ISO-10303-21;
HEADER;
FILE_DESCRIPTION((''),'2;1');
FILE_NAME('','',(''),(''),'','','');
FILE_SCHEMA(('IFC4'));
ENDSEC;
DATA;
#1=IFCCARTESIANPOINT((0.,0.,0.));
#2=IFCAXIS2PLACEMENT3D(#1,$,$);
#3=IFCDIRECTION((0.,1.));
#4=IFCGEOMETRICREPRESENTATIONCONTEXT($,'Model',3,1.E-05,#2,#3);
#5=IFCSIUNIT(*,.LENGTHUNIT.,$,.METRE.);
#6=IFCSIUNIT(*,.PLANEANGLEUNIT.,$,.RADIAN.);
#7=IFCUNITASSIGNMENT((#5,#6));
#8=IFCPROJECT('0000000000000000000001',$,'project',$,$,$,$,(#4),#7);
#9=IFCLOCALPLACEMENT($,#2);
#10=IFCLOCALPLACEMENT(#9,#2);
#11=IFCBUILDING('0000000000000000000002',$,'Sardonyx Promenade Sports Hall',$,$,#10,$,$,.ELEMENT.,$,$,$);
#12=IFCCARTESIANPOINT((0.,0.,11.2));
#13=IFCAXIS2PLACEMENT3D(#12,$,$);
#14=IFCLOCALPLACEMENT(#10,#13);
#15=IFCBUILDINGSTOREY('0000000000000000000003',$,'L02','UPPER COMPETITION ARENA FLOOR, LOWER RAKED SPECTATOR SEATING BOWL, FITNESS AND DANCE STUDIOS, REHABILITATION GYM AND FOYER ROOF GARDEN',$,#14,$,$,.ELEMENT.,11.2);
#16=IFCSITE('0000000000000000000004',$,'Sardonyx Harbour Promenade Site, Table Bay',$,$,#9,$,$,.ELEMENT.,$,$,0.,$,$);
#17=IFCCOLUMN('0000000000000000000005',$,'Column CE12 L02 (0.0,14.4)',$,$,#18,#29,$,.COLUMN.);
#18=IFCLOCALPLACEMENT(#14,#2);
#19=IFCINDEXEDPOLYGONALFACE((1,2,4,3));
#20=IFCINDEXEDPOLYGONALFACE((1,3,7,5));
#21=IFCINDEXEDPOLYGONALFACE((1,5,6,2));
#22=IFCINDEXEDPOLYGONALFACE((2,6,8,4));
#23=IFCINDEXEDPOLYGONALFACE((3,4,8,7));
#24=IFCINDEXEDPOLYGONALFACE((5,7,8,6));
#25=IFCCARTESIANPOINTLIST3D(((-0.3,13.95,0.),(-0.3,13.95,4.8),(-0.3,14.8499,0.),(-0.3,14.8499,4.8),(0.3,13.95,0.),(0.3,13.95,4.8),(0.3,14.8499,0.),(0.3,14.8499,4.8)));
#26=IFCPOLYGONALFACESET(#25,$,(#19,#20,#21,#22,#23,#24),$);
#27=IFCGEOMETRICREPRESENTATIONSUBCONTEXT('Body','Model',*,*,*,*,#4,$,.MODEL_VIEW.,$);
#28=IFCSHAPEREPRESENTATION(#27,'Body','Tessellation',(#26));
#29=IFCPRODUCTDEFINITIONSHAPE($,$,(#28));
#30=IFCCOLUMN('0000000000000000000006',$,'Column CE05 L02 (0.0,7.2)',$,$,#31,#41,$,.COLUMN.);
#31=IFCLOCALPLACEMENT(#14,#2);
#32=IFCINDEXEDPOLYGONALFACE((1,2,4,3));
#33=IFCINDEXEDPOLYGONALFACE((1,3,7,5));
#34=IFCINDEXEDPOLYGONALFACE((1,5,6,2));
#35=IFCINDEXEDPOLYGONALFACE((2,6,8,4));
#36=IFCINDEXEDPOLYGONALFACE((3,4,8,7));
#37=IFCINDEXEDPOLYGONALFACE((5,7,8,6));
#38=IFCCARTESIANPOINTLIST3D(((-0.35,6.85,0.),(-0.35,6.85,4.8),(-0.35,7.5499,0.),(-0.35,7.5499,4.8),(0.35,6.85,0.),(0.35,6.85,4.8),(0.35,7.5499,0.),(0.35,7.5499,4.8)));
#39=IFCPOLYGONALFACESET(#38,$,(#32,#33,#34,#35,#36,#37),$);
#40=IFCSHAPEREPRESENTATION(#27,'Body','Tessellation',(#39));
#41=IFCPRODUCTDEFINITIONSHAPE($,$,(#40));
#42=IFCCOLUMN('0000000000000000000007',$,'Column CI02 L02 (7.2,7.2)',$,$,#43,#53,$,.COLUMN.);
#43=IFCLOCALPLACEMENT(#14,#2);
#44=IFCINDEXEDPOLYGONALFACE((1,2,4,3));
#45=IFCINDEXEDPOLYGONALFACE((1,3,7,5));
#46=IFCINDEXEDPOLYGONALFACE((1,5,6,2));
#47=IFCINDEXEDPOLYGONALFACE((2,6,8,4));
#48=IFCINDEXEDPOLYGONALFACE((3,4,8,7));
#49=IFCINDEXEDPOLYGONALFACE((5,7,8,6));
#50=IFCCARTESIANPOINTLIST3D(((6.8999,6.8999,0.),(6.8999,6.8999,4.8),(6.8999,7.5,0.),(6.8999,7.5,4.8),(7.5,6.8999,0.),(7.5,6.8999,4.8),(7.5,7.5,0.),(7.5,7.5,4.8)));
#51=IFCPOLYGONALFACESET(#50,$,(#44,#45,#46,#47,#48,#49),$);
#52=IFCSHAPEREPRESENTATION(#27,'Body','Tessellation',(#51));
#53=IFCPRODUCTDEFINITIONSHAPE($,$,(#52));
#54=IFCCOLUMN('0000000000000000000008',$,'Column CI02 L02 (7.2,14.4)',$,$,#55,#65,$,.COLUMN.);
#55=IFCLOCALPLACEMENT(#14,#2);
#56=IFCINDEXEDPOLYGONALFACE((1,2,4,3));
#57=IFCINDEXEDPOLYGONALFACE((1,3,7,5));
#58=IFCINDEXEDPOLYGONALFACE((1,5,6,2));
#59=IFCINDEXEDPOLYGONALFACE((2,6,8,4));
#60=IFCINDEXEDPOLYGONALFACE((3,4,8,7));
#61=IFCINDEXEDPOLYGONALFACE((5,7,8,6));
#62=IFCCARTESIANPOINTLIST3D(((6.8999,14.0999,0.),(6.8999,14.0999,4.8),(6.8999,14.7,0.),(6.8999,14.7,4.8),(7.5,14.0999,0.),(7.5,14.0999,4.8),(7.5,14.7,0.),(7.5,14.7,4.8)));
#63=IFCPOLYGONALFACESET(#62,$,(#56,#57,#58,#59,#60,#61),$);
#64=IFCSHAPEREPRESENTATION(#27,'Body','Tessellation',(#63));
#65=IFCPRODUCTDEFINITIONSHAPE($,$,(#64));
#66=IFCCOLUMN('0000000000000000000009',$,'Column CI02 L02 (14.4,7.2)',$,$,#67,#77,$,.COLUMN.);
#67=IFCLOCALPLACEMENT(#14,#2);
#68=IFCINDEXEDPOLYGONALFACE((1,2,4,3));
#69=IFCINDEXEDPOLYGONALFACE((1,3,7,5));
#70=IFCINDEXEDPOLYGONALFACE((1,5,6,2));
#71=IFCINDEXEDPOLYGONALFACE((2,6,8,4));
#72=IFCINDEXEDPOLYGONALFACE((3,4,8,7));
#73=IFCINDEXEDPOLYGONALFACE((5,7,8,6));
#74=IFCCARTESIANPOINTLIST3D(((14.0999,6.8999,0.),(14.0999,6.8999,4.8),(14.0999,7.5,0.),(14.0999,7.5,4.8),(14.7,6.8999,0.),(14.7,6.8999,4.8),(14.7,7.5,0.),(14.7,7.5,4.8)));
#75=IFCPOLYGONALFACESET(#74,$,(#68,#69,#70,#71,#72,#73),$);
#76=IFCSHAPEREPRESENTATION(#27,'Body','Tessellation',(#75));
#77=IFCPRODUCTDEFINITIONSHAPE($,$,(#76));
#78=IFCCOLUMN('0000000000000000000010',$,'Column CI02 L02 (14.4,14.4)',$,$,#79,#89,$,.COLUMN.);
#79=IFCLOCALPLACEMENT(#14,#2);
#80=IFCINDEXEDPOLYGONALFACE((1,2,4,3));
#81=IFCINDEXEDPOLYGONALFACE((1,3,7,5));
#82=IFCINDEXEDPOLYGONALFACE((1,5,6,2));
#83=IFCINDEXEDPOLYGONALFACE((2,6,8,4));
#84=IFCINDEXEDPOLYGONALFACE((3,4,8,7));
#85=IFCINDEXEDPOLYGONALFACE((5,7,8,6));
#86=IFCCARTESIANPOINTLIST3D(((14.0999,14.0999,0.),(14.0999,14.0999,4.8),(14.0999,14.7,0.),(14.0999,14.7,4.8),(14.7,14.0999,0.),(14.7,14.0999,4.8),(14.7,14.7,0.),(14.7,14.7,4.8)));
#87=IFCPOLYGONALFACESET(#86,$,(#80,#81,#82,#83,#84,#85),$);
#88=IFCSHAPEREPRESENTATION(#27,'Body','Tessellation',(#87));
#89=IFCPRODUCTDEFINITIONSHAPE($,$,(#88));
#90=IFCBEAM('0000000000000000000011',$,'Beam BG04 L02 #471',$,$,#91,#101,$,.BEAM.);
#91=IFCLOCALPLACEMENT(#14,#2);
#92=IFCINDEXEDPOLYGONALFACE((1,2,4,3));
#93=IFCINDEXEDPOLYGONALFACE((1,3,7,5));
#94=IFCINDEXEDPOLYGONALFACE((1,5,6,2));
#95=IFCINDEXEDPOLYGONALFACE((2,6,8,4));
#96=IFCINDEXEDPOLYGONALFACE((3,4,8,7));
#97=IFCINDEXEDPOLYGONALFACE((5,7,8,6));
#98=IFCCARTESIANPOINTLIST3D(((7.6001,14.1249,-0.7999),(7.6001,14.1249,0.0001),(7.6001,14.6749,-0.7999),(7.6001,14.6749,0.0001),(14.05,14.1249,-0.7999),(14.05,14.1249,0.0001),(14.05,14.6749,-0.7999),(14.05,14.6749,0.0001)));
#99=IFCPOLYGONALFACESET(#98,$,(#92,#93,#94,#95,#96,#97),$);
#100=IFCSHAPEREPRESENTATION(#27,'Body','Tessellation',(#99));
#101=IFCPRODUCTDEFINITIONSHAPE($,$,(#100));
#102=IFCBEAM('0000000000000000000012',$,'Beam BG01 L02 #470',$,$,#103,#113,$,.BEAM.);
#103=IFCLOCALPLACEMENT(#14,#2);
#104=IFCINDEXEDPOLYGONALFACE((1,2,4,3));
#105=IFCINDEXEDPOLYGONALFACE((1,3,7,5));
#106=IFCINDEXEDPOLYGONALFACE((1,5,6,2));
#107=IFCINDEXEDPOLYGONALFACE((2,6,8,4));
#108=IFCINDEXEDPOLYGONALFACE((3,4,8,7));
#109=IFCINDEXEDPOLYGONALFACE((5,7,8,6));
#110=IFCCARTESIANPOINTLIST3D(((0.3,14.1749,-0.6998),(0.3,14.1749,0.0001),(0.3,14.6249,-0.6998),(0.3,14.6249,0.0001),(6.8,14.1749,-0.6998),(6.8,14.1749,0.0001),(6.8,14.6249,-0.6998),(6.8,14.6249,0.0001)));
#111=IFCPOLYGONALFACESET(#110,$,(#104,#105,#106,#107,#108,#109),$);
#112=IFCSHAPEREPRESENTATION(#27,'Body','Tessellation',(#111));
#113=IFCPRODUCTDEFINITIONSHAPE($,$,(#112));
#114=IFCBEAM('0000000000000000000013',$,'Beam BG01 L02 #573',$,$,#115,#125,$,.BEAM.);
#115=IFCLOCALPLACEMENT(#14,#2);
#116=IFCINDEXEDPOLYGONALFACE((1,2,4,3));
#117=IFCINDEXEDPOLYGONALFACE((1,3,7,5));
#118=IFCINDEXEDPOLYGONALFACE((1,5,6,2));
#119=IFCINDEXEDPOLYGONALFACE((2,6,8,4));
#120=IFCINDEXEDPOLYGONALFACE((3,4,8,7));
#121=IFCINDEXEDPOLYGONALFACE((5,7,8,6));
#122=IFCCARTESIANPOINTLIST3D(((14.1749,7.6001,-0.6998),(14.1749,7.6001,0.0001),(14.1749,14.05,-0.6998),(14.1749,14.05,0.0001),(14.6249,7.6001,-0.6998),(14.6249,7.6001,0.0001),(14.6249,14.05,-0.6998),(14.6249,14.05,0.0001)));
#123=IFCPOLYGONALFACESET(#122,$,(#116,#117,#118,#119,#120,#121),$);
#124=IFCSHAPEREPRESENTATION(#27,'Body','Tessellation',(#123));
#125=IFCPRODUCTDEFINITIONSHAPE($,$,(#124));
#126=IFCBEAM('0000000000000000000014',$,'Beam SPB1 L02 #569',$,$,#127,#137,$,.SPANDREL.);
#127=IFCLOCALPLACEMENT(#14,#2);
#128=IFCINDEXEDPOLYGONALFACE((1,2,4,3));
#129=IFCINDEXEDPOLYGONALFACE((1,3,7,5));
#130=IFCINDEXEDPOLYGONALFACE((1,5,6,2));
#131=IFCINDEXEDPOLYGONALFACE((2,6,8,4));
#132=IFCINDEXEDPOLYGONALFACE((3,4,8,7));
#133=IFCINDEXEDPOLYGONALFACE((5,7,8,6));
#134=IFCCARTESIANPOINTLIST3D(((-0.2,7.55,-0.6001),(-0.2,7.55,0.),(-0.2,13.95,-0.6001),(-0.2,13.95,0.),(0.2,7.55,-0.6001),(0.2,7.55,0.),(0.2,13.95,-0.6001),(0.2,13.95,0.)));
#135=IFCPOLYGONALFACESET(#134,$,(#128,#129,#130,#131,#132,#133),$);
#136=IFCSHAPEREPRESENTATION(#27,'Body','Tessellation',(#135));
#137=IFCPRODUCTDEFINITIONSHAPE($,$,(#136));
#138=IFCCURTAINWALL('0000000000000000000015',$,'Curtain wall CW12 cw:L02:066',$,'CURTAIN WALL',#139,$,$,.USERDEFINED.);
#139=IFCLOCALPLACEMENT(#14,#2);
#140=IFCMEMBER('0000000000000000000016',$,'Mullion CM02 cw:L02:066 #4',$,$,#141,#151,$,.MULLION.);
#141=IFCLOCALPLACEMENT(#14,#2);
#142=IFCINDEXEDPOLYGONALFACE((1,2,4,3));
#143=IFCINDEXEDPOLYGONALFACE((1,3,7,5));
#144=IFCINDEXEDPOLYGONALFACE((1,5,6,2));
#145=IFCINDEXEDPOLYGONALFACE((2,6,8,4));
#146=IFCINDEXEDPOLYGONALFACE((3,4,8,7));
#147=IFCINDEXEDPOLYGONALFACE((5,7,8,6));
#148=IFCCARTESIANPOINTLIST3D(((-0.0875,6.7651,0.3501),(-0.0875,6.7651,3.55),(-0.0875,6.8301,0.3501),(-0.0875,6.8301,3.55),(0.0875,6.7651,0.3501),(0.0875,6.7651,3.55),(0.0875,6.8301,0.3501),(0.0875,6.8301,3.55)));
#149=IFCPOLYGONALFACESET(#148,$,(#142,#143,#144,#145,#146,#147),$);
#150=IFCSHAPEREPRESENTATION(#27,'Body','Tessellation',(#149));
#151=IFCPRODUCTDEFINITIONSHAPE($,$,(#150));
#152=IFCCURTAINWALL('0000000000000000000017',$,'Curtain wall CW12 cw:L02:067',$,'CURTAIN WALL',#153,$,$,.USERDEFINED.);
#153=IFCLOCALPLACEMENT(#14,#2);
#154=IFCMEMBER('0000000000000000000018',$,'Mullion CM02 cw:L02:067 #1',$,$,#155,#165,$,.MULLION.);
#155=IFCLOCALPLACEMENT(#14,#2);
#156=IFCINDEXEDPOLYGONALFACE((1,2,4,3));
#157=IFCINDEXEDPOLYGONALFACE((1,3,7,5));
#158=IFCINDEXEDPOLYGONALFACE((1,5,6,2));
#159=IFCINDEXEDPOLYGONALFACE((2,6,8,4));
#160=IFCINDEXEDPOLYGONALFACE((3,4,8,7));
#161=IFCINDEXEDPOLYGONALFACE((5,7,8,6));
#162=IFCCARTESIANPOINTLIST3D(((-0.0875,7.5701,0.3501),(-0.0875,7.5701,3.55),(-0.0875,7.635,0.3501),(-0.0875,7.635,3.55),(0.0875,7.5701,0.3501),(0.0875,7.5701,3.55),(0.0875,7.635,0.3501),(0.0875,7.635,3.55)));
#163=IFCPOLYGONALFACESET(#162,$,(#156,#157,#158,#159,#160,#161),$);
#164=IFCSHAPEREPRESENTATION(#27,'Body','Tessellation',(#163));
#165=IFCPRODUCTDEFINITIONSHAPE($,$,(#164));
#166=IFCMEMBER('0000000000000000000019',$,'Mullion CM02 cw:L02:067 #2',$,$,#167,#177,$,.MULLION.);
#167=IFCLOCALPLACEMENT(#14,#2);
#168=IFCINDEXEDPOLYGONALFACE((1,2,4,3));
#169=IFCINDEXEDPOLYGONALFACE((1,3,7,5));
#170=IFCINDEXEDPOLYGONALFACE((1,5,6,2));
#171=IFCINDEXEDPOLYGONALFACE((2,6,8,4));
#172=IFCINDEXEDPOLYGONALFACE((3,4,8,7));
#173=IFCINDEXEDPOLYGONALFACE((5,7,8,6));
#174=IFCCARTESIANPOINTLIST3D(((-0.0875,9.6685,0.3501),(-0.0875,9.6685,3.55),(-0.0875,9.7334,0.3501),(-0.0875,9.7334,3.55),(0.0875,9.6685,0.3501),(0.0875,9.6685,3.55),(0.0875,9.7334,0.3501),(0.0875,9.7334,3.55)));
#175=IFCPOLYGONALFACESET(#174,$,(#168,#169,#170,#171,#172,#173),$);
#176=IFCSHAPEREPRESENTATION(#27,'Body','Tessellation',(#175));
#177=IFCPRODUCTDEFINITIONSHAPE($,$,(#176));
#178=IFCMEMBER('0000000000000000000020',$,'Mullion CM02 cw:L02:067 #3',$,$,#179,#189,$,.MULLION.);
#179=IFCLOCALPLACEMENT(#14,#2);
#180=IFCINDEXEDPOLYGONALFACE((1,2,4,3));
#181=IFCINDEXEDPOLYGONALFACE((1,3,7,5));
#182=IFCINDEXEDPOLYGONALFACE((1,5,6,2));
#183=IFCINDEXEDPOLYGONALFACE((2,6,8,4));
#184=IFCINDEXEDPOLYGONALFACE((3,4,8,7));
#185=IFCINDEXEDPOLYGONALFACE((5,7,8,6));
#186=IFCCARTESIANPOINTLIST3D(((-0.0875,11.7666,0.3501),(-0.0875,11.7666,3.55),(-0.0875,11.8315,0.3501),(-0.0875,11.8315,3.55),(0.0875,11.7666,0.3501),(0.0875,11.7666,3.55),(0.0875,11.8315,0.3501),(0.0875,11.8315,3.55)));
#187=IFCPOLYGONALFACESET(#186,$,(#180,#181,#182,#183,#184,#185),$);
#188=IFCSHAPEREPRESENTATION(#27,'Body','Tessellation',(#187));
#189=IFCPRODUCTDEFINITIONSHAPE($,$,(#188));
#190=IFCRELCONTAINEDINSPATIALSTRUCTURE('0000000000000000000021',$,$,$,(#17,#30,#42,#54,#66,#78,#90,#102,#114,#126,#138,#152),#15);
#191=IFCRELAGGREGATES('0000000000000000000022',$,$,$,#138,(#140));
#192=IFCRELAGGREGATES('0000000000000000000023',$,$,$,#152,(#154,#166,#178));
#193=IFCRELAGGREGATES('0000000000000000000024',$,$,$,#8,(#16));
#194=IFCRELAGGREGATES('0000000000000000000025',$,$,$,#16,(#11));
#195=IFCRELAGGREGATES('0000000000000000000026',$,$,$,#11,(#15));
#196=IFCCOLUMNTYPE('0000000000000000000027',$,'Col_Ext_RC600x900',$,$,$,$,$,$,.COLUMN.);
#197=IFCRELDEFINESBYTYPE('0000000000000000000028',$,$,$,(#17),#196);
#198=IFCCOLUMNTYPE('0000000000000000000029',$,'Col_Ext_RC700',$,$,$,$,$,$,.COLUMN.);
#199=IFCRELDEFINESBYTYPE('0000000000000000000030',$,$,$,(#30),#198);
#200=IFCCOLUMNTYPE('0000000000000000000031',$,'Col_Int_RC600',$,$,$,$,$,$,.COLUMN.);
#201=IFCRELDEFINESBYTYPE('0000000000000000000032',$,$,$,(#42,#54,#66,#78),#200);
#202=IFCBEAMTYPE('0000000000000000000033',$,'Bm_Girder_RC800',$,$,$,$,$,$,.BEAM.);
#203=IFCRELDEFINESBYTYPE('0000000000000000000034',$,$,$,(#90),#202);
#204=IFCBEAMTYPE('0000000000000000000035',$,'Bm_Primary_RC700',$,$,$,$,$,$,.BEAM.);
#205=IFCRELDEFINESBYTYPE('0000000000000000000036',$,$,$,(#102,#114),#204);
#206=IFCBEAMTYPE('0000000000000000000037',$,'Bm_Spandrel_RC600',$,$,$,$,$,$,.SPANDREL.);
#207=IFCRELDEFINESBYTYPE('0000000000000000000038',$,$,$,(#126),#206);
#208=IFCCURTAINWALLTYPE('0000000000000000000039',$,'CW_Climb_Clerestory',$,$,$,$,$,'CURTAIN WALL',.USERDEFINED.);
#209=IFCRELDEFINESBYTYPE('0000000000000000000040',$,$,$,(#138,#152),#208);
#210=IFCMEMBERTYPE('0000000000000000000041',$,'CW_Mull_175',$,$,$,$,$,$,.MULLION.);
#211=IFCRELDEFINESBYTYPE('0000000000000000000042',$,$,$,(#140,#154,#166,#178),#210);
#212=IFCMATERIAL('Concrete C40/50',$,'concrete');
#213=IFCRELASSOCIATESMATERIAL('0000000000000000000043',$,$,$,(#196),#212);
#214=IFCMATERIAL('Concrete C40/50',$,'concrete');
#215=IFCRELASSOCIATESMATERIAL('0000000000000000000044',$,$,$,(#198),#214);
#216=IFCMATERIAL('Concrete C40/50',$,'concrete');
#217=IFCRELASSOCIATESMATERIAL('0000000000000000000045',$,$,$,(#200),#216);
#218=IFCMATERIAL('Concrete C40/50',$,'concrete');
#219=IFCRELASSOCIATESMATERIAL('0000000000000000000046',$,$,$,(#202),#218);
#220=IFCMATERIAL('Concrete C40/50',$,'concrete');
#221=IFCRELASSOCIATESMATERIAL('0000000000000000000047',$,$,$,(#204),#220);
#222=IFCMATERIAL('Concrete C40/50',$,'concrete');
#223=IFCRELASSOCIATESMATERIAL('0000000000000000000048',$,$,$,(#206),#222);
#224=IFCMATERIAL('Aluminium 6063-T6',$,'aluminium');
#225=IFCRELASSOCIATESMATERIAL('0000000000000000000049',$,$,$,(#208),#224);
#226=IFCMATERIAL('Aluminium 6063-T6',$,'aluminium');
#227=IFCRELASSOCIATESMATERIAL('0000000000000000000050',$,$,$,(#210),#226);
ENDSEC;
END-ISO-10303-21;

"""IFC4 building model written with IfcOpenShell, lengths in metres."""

from ifc_helpers import new_model, si_unit, direction, frame, origin, origin_2d, place, context, subcontext, project, spatial, rectangle, extrude, material, material_profile, profile_set, type_object, element, aggregate, save


model = new_model("IFC4")

# Units and contexts
model_context = context("Model", 3, precision=1e-05, world=origin(), true_north=direction((0.0, 1.0)))
body_context = subcontext(model_context, "Body", "Model", "MODEL_VIEW")
ifc_project = project(units=[si_unit("LENGTHUNIT", "METRE"), si_unit("PLANEANGLEUNIT", "RADIAN")], contexts=[model_context])

# Site, building, storey
site_placement = place(None, origin())
site = spatial("IfcSite", under=ifc_project, at=site_placement, Name="Sardonyx Harbour Promenade Site, Table Bay", CompositionType="ELEMENT", RefElevation=0.0)
building_placement = place(site_placement, origin())
building = spatial("IfcBuilding", under=site, at=building_placement, Name="Sardonyx Promenade Sports Hall", CompositionType="ELEMENT")
storey_placement = place(building_placement, frame((0.0, 0.0, 11.2)))
storey = spatial("IfcBuildingStorey", under=building, at=storey_placement, Name="L02", Description="UPPER COMPETITION ARENA FLOOR, LOWER RAKED SPECTATOR SEATING BOWL, FITNESS AND DANCE STUDIOS, REHABILITATION GYM AND FOYER ROOF GARDEN", CompositionType="ELEMENT", Elevation=11.2)

# Columns
ifc_material_1 = material(Name="Concrete C40/50", Category="concrete")
ifc_material_profile_1 = material_profile(ifc_material_1, rectangle(XDim=0.6001, YDim=0.8999, at=origin_2d()))
ifc_profile_set_1 = profile_set([ifc_material_profile_1], Name="Concrete C40/50")
column_type_1 = type_object("IfcColumnType", Name="Col_Ext_RC600x900", PredefinedType="COLUMN", material=ifc_profile_set_1)
column_1_placement = place(storey_placement, frame((0.0, 14.3999, 0.0), z_axis=(0.0, 0.0, 1.0), x_axis=(1.0, 0.0, 0.0)))
element("IfcColumn", 1, at=column_1_placement, inside=storey, type_object=column_type_1, Name="Column CE12 L02 (0.0,14.4)", PredefinedType="COLUMN", context=body_context, shape_type="SweptSolid", body=[
    extrude(rectangle(XDim=0.6001, YDim=0.8999, at=origin_2d()), origin(), (0.0, 0.0, 1.0), 4.8),
])
ifc_material_2 = material(Name="Concrete C40/50", Category="concrete")
ifc_material_profile_2 = material_profile(ifc_material_2, rectangle(XDim=0.7, YDim=0.7, at=origin_2d()))
ifc_profile_set_2 = profile_set([ifc_material_profile_2], Name="Concrete C40/50")
column_type_2 = type_object("IfcColumnType", Name="Col_Ext_RC700", PredefinedType="COLUMN", material=ifc_profile_set_2)
column_2_placement = place(storey_placement, frame((0.0, 7.2, 0.0), z_axis=(0.0, 0.0, 1.0), x_axis=(1.0, 0.0, 0.0)))
element("IfcColumn", 2, at=column_2_placement, inside=storey, type_object=column_type_2, Name="Column CE05 L02 (0.0,7.2)", PredefinedType="COLUMN", context=body_context, shape_type="SweptSolid", body=[
    extrude(rectangle(XDim=0.7, YDim=0.7, at=origin_2d()), origin(), (0.0, 0.0, 1.0), 4.8),
])
ifc_material_3 = material(Name="Concrete C40/50", Category="concrete")
ifc_material_profile_3 = material_profile(ifc_material_3, rectangle(XDim=0.6001, YDim=0.6001, at=origin_2d()))
ifc_profile_set_3 = profile_set([ifc_material_profile_3], Name="Concrete C40/50")
column_type_3 = type_object("IfcColumnType", Name="Col_Int_RC600", PredefinedType="COLUMN", material=ifc_profile_set_3)
for number, where, z_axis, x_axis, name in (
    (3, (7.2, 7.2, 0.0), (0.0, 0.0, 1.0), (1.0, 0.0, 0.0), "Column CI02 L02 (7.2,7.2)"),
    (4, (7.2, 14.3999, 0.0), (0.0, 0.0, 1.0), (1.0, 0.0, 0.0), "Column CI02 L02 (7.2,14.4)"),
    (5, (14.3999, 7.2, 0.0), (0.0, 0.0, 1.0), (1.0, 0.0, 0.0), "Column CI02 L02 (14.4,7.2)"),
    (6, (14.3999, 14.3999, 0.0), (0.0, 0.0, 1.0), (1.0, 0.0, 0.0), "Column CI02 L02 (14.4,14.4)"),
):
    element("IfcColumn", number, at=place(storey_placement, frame(where, z_axis=z_axis, x_axis=x_axis)), inside=storey, type_object=column_type_3, Name=name, PredefinedType="COLUMN", context=body_context, shape_type="SweptSolid", body=[
        extrude(rectangle(XDim=0.6001, YDim=0.6001, at=origin_2d()), origin(), (0.0, 0.0, 1.0), 4.8),
    ])

# Beams
ifc_material_4 = material(Name="Concrete C40/50", Category="concrete")
ifc_material_profile_4 = material_profile(ifc_material_4, rectangle(XDim=0.55, YDim=0.8, at=origin_2d()))
ifc_profile_set_4 = profile_set([ifc_material_profile_4], Name="Concrete C40/50")
beam_type_1 = type_object("IfcBeamType", Name="Bm_Girder_RC800", PredefinedType="BEAM", material=ifc_profile_set_4)
beam_1_placement = place(storey_placement, frame((7.6001, 14.3999, -0.3999), z_axis=(1.0, 0.0, 0.0), x_axis=(0.0, 1.0, 0.0)))
element("IfcBeam", 7, at=beam_1_placement, inside=storey, type_object=beam_type_1, Name="Beam BG04 L02 #471", PredefinedType="BEAM", context=body_context, shape_type="SweptSolid", body=[
    extrude(rectangle(XDim=0.55, YDim=0.8, at=origin_2d()), origin(), (0.0, 0.0, 1.0), 6.45),
])
ifc_material_5 = material(Name="Concrete C40/50", Category="concrete")
ifc_material_profile_5 = material_profile(ifc_material_5, rectangle(XDim=0.45, YDim=0.7, at=origin_2d()))
ifc_profile_set_5 = profile_set([ifc_material_profile_5], Name="Concrete C40/50")
beam_type_2 = type_object("IfcBeamType", Name="Bm_Primary_RC700", PredefinedType="BEAM", material=ifc_profile_set_5)
beam_2_placement = place(storey_placement, frame((0.3, 14.3999, -0.3499), z_axis=(1.0, 0.0, 0.0), x_axis=(0.0, 1.0, 0.0)))
element("IfcBeam", 8, at=beam_2_placement, inside=storey, type_object=beam_type_2, Name="Beam BG01 L02 #470", PredefinedType="BEAM", context=body_context, shape_type="SweptSolid", body=[
    extrude(rectangle(XDim=0.45, YDim=0.7, at=origin_2d()), origin(), (0.0, 0.0, 1.0), 6.5),
])
beam_3_placement = place(storey_placement, frame((14.3999, 7.6001, -0.3499), z_axis=(0.0, 1.0, 0.0), x_axis=(-1.0, 0.0, 0.0)))
element("IfcBeam", 9, at=beam_3_placement, inside=storey, type_object=beam_type_2, Name="Beam BG01 L02 #573", PredefinedType="BEAM", context=body_context, shape_type="SweptSolid", body=[
    extrude(rectangle(XDim=0.45, YDim=0.7, at=origin_2d()), origin(), (0.0, 0.0, 1.0), 6.45),
])
ifc_material_6 = material(Name="Concrete C40/50", Category="concrete")
ifc_material_profile_6 = material_profile(ifc_material_6, rectangle(XDim=0.3999, YDim=0.6001, at=origin_2d()))
ifc_profile_set_6 = profile_set([ifc_material_profile_6], Name="Concrete C40/50")
beam_type_3 = type_object("IfcBeamType", Name="Bm_Spandrel_RC600", PredefinedType="SPANDREL", material=ifc_profile_set_6)
beam_4_placement = place(storey_placement, frame((0.0, 7.55, -0.3), z_axis=(0.0, 1.0, 0.0), x_axis=(-1.0, 0.0, 0.0)))
element("IfcBeam", 10, at=beam_4_placement, inside=storey, type_object=beam_type_3, Name="Beam SPB1 L02 #569", PredefinedType="SPANDREL", context=body_context, shape_type="SweptSolid", body=[
    extrude(rectangle(XDim=0.3999, YDim=0.6001, at=origin_2d()), origin(), (0.0, 0.0, 1.0), 6.3999),
])

# Curtain wall, member
ifc_material_7 = material(Name="Aluminium 6063-T6", Category="aluminium")
curtain_wall_type = type_object("IfcCurtainWallType", Name="CW_Climb_Clerestory", ElementType="CURTAIN WALL", PredefinedType="USERDEFINED", material=ifc_material_7)
curtain_wall_1_placement = place(storey_placement, origin())
curtain_wall_1 = element("IfcCurtainWall", 11, at=curtain_wall_1_placement, inside=storey, type_object=curtain_wall_type, Name="Curtain wall CW12 cw:L02:066", ObjectType="CURTAIN WALL", PredefinedType="USERDEFINED")
ifc_material_8 = material(Name="Aluminium 6063-T6", Category="aluminium")
ifc_material_profile_7 = material_profile(ifc_material_8, rectangle(XDim=0.0649, YDim=0.175, at=origin_2d()))
ifc_profile_set_7 = profile_set([ifc_material_profile_7], Name="Aluminium 6063-T6")
member_type_1 = type_object("IfcMemberType", Name="CW_Mull_175", PredefinedType="MULLION", material=ifc_profile_set_7)
member_1_placement = place(storey_placement, frame((0.0, 6.7976, 0.3501), z_axis=(0.0, 0.0, 1.0), x_axis=(0.0, 1.0, 0.0)))
member_1 = element("IfcMember", 12, at=member_1_placement, type_object=member_type_1, Name="Mullion CM02 cw:L02:066 #4", PredefinedType="MULLION", context=body_context, shape_type="SweptSolid", body=[
    extrude(rectangle(XDim=0.0649, YDim=0.175, at=origin_2d()), origin(), (0.0, 0.0, 1.0), 3.2),
])

# Curtain wall, members
curtain_wall_2_placement = place(storey_placement, origin())
curtain_wall_2 = element("IfcCurtainWall", 13, at=curtain_wall_2_placement, inside=storey, type_object=curtain_wall_type, Name="Curtain wall CW12 cw:L02:067", ObjectType="CURTAIN WALL", PredefinedType="USERDEFINED")
member_2_placement = place(storey_placement, frame((0.0, 7.6025, 0.3501), z_axis=(0.0, 0.0, 1.0), x_axis=(0.0, 1.0, 0.0)))
member_2 = element("IfcMember", 14, at=member_2_placement, type_object=member_type_1, Name="Mullion CM02 cw:L02:067 #1", PredefinedType="MULLION", context=body_context, shape_type="SweptSolid", body=[
    extrude(rectangle(XDim=0.0649, YDim=0.175, at=origin_2d()), origin(), (0.0, 0.0, 1.0), 3.2),
])
member_3_placement = place(storey_placement, frame((0.0, 9.7009, 0.3501), z_axis=(0.0, 0.0, 1.0), x_axis=(0.0, 1.0, 0.0)))
member_3 = element("IfcMember", 15, at=member_3_placement, type_object=member_type_1, Name="Mullion CM02 cw:L02:067 #2", PredefinedType="MULLION", context=body_context, shape_type="SweptSolid", body=[
    extrude(rectangle(XDim=0.0649, YDim=0.175, at=origin_2d()), origin(), (0.0, 0.0, 1.0), 3.2),
])
member_4_placement = place(storey_placement, frame((0.0, 11.7991, 0.3501), z_axis=(0.0, 0.0, 1.0), x_axis=(0.0, 1.0, 0.0)))
member_4 = element("IfcMember", 16, at=member_4_placement, type_object=member_type_1, Name="Mullion CM02 cw:L02:067 #3", PredefinedType="MULLION", context=body_context, shape_type="SweptSolid", body=[
    extrude(rectangle(XDim=0.0649, YDim=0.175, at=origin_2d()), origin(), (0.0, 0.0, 1.0), 3.2),
])

aggregate(curtain_wall_1, [member_1])
aggregate(curtain_wall_2, [member_2, member_3, member_4])

save(model, "model.ifc")
